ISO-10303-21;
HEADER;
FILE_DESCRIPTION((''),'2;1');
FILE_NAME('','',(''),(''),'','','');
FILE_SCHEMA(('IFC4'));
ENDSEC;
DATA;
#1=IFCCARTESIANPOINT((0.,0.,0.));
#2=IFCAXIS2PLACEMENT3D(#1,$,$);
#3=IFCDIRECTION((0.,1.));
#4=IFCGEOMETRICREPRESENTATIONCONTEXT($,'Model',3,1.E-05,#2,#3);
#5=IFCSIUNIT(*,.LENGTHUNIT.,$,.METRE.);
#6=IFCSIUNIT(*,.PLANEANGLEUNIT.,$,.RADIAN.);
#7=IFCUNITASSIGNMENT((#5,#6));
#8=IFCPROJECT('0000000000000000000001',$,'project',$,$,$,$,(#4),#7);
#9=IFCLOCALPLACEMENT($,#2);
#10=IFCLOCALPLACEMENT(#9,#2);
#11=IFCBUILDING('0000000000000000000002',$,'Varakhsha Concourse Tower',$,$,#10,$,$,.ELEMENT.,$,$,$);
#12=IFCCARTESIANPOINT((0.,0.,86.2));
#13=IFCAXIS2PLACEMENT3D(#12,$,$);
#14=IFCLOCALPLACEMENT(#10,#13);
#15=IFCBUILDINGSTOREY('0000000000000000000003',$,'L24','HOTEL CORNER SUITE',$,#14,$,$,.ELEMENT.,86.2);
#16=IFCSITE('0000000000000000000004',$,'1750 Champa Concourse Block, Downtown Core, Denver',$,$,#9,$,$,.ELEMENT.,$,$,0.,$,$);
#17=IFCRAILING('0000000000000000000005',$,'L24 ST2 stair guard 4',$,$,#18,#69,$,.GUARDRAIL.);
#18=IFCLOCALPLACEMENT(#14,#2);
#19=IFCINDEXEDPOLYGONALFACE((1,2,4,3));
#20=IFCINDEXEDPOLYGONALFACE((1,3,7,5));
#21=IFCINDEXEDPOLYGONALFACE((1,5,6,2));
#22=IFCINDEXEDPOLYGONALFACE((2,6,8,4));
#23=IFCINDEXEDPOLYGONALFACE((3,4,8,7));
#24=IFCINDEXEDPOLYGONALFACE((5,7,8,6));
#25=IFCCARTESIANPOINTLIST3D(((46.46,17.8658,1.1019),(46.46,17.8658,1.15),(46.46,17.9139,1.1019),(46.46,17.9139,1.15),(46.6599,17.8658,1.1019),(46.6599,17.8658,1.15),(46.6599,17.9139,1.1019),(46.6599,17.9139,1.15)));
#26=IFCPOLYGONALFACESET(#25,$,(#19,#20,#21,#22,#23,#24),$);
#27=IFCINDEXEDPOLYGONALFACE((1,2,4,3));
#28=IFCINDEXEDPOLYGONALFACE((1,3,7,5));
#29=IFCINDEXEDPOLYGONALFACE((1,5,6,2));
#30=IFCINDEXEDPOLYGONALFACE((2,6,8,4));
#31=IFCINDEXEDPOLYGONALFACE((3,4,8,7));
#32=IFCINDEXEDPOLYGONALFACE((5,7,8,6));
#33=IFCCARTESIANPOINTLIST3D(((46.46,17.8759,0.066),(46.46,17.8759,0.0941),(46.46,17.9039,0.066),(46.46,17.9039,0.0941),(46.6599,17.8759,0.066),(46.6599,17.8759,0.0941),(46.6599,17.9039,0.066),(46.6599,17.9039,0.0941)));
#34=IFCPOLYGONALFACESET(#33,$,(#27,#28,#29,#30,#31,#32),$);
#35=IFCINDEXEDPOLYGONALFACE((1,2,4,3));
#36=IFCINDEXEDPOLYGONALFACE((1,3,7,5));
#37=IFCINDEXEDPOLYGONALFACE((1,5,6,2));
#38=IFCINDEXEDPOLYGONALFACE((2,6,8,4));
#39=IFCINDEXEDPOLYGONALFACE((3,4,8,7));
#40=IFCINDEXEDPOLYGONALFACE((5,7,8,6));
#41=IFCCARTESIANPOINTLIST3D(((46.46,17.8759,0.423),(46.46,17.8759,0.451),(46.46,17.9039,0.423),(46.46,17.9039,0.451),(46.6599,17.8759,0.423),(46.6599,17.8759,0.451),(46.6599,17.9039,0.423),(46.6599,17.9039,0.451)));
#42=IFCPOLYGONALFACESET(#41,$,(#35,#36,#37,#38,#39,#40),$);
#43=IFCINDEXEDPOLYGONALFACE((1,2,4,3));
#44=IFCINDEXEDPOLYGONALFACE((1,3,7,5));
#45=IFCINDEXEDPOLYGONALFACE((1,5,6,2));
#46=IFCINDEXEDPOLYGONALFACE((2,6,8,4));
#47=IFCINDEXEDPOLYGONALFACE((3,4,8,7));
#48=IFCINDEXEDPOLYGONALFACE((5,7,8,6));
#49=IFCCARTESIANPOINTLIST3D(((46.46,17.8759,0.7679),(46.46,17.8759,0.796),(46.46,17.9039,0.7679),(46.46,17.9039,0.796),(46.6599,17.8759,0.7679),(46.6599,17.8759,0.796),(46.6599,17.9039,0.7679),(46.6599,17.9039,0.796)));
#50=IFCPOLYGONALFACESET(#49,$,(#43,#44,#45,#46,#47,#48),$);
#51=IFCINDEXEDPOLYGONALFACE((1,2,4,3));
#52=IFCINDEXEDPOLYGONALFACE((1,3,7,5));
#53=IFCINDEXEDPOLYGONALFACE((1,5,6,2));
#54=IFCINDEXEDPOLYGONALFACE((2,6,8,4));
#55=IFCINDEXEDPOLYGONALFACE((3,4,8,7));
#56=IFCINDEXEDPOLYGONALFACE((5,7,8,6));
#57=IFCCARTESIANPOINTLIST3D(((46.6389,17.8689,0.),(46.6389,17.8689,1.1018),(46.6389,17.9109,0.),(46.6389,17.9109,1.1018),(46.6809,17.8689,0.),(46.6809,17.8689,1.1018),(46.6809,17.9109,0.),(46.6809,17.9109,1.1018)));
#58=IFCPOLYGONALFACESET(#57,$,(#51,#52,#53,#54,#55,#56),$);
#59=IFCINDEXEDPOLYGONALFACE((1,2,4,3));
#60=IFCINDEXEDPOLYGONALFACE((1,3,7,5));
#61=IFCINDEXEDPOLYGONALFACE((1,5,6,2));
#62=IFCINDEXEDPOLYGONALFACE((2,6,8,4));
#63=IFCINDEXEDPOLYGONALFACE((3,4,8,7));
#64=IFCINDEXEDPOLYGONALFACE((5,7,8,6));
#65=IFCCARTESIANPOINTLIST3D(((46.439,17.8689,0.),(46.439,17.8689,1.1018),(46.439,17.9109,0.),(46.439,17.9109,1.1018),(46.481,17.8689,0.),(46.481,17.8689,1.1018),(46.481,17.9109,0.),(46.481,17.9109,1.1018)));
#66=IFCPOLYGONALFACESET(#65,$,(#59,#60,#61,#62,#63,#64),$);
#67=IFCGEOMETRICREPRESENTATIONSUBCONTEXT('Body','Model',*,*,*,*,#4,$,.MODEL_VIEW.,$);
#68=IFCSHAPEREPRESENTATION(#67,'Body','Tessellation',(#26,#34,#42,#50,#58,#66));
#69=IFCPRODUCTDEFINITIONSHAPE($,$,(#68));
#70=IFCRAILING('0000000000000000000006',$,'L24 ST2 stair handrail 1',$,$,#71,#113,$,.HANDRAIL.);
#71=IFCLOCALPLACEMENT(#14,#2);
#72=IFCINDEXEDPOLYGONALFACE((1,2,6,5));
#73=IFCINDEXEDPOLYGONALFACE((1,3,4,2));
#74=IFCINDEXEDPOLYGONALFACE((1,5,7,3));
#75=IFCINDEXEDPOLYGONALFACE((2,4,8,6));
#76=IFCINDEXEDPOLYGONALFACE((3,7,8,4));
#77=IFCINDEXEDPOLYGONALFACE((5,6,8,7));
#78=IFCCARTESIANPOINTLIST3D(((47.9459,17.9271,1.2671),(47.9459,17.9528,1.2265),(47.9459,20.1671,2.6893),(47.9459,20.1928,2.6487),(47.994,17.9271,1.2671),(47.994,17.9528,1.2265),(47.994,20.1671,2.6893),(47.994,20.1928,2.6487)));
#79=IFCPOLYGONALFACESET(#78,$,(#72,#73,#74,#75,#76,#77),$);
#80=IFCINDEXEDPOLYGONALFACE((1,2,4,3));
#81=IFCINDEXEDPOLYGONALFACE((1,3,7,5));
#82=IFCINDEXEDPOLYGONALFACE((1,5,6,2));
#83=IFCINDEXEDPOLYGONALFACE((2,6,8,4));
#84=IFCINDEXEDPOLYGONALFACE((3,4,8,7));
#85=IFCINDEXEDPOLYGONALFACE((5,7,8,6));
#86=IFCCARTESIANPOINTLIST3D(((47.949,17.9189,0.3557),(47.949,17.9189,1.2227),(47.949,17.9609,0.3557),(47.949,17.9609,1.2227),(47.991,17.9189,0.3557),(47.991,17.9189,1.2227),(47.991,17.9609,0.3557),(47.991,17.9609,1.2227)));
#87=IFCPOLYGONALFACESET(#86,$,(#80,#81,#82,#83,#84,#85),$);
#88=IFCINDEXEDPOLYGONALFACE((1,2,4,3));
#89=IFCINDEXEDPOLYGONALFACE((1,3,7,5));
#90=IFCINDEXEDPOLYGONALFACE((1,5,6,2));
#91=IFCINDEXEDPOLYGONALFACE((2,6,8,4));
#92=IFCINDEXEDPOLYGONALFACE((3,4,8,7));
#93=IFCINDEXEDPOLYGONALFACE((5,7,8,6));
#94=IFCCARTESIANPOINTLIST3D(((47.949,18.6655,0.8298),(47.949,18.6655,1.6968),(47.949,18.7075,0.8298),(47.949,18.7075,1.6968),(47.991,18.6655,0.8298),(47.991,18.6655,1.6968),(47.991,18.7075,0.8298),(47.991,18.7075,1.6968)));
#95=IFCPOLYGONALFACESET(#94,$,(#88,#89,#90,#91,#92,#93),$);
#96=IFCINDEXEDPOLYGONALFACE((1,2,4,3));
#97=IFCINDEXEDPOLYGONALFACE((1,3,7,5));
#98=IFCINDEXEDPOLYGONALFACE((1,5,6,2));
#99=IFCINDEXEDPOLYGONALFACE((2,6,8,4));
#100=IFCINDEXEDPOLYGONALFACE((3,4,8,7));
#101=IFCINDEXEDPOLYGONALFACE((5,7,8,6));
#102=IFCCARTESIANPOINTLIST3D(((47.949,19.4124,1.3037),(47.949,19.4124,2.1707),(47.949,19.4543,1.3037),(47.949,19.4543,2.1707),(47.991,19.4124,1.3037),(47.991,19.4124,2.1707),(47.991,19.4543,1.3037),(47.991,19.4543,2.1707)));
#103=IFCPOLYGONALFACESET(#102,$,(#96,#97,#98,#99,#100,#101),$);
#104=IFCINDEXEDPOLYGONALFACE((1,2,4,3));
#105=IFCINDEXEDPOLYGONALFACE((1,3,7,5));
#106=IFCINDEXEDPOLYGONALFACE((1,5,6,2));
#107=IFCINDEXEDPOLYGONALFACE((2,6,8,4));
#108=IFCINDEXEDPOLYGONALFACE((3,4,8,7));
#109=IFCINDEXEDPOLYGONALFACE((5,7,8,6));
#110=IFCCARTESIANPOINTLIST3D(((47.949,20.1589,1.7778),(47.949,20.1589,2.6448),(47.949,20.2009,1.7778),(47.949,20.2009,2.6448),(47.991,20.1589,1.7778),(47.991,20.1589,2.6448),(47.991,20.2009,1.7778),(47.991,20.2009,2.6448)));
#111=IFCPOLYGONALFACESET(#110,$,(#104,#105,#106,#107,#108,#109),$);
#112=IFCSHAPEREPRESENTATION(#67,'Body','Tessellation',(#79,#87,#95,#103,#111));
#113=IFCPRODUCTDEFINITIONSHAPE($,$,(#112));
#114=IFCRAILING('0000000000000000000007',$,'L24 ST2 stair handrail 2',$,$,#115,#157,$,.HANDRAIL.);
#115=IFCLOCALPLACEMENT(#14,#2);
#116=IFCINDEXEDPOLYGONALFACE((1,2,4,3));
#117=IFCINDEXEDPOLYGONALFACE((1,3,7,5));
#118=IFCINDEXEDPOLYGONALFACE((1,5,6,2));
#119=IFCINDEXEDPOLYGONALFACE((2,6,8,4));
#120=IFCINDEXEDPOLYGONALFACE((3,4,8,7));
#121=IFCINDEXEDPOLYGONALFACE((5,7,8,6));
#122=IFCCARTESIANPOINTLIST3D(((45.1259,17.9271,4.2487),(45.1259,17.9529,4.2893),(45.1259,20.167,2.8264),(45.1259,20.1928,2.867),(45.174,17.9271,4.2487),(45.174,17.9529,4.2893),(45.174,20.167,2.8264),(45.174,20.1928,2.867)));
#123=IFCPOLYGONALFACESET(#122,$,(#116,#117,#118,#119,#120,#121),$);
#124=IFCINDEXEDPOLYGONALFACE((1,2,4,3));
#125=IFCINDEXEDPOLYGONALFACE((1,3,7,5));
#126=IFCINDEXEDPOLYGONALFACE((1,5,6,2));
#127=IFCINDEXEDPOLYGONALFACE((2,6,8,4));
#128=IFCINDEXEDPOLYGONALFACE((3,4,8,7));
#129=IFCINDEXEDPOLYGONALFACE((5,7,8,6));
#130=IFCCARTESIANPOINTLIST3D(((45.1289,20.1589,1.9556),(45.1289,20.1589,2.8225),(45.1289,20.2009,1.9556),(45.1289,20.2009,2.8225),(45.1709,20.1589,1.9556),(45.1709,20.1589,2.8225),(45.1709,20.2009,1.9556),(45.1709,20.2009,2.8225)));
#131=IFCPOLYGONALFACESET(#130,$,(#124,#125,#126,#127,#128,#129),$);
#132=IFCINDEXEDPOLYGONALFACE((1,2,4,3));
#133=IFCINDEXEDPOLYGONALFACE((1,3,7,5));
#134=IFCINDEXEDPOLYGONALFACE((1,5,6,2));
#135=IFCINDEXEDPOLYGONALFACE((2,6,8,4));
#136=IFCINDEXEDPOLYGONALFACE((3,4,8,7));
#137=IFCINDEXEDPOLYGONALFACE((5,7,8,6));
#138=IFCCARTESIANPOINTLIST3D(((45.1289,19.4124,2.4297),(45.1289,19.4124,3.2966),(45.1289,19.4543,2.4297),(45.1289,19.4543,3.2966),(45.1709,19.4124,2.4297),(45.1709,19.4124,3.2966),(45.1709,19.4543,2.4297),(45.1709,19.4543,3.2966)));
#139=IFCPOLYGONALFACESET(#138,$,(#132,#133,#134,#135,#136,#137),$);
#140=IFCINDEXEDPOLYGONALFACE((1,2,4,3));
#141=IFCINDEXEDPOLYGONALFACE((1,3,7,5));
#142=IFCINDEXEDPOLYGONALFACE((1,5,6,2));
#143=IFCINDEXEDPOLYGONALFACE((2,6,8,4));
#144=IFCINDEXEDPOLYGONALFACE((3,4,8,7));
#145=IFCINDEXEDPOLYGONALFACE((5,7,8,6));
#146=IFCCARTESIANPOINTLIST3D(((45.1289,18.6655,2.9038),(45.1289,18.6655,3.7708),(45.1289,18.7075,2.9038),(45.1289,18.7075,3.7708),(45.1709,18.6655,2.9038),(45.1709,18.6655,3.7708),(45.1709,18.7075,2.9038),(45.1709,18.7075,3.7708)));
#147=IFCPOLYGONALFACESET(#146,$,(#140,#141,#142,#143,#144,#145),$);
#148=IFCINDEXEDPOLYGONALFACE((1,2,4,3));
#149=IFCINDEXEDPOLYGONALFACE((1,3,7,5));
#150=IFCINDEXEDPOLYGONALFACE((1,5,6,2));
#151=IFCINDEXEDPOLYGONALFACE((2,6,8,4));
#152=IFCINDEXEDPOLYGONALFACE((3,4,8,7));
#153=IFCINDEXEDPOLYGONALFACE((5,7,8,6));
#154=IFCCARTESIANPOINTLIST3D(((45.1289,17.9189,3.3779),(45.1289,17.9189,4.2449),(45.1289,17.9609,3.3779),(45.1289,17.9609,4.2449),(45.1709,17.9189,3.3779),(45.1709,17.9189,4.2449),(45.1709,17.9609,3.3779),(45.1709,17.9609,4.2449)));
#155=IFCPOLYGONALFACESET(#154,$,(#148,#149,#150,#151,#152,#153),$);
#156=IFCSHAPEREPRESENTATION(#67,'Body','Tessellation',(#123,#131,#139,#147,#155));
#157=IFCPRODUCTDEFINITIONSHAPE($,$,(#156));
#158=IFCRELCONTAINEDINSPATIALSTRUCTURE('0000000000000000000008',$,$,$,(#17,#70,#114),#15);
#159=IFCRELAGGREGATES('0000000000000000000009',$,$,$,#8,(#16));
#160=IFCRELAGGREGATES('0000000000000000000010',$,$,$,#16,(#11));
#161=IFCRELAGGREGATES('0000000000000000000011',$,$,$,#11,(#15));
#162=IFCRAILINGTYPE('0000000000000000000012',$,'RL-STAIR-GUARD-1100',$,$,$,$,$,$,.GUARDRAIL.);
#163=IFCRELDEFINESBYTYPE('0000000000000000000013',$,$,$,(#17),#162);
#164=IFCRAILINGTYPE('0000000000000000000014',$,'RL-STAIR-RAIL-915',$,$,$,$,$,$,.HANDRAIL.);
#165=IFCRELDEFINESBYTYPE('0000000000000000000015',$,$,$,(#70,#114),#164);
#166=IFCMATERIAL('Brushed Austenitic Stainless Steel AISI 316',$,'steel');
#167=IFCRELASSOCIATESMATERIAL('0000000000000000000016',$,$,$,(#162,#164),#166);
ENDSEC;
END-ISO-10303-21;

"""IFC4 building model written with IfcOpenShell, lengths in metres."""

from ifc_helpers import new_model, si_unit, direction, frame, origin, origin_2d, place, context, subcontext, project, spatial, rectangle, extrude, material, type_object, element, save


model = new_model("IFC4")

# Units and contexts
model_context = context("Model", 3, precision=1e-05, world=origin(), true_north=direction((0.0, 1.0)))
body_context = subcontext(model_context, "Body", "Model", "MODEL_VIEW")
ifc_project = project(units=[si_unit("LENGTHUNIT", "METRE"), si_unit("PLANEANGLEUNIT", "RADIAN")], contexts=[model_context])

# Site, building, storey
site_placement = place(None, origin())
site = spatial("IfcSite", under=ifc_project, at=site_placement, Name="1750 Champa Concourse Block, Downtown Core, Denver", CompositionType="ELEMENT", RefElevation=0.0)
building_placement = place(site_placement, origin())
building = spatial("IfcBuilding", under=site, at=building_placement, Name="Varakhsha Concourse Tower", CompositionType="ELEMENT")
storey_placement = place(building_placement, frame((0.0, 0.0, 86.2)))
storey = spatial("IfcBuildingStorey", under=building, at=storey_placement, Name="L24", Description="HOTEL CORNER SUITE", CompositionType="ELEMENT", Elevation=86.2)

# Railings
ifc_material_1 = material(Name="Brushed Austenitic Stainless Steel AISI 316", Category="steel")
railing_type_1 = type_object("IfcRailingType", Name="RL-STAIR-GUARD-1100", PredefinedType="GUARDRAIL", material=ifc_material_1)
railing_1_placement = place(storey_placement, frame((46.6599, 17.8899, 0.0)))
element("IfcRailing", 1, at=railing_1_placement, inside=storey, type_object=railing_type_1, Name="L24 ST2 stair guard 4", PredefinedType="GUARDRAIL", context=body_context, shape_type="SweptSolid", body=[
    extrude(rectangle(XDim=0.0481, YDim=0.0481, at=origin_2d()), frame((0.0, 0.0, 1.126), z_axis=(-1.0, 0.0, 0.0), x_axis=(0.0, -1.0, 0.0)), (0.0, 0.0, 1.0), 0.2),
    extrude(rectangle(XDim=0.0281, YDim=0.0281, at=origin_2d()), frame((0.0, 0.0, 0.0801), z_axis=(-1.0, 0.0, 0.0), x_axis=(0.0, -1.0, 0.0)), (0.0, 0.0, 1.0), 0.2),
    extrude(rectangle(XDim=0.0281, YDim=0.0281, at=origin_2d()), frame((0.0, 0.0, 0.437), z_axis=(-1.0, 0.0, 0.0), x_axis=(0.0, -1.0, 0.0)), (0.0, 0.0, 1.0), 0.2),
    extrude(rectangle(XDim=0.0281, YDim=0.0281, at=origin_2d()), frame((0.0, 0.0, 0.782), z_axis=(-1.0, 0.0, 0.0), x_axis=(0.0, -1.0, 0.0)), (0.0, 0.0, 1.0), 0.2),
    extrude(rectangle(XDim=0.042, YDim=0.042, at=origin_2d()), origin(), (0.0, 0.0, 1.0), 1.1018),
    extrude(rectangle(XDim=0.042, YDim=0.042, at=origin_2d()), frame((-0.2, 0.0, 0.0)), (0.0, 0.0, 1.0), 1.1018),
])
railing_type_2 = type_object("IfcRailingType", Name="RL-STAIR-RAIL-915", PredefinedType="HANDRAIL", material=ifc_material_1)
railing_2_placement = place(storey_placement, frame((47.97, 17.9399, 0.3557)))
element("IfcRailing", 2, at=railing_2_placement, inside=storey, type_object=railing_type_2, Name="L24 ST2 stair handrail 1", PredefinedType="HANDRAIL", context=body_context, shape_type="SweptSolid", body=[
    extrude(rectangle(XDim=0.0481, YDim=0.0481, at=origin_2d()), frame((0.0, 0.0, 0.8911), z_axis=(0.0, 0.844229, 0.535982), x_axis=(-1.0, 0.0, 0.0)), (0.0, 0.0, 1.0), 2.6533),
    extrude(rectangle(XDim=0.042, YDim=0.042, at=origin_2d()), origin(), (0.0, 0.0, 1.0), 0.8669),
    extrude(rectangle(XDim=0.042, YDim=0.042, at=origin_2d()), frame((0.0, 0.7466, 0.4741)), (0.0, 0.0, 1.0), 0.8669),
    extrude(rectangle(XDim=0.042, YDim=0.042, at=origin_2d()), frame((0.0, 1.4934, 0.948)), (0.0, 0.0, 1.0), 0.8669),
    extrude(rectangle(XDim=0.042, YDim=0.042, at=origin_2d()), frame((0.0, 2.24, 1.4221)), (0.0, 0.0, 1.0), 0.8669),
])
railing_3_placement = place(storey_placement, frame((45.1499, 20.1799, 1.9556)))
element("IfcRailing", 3, at=railing_3_placement, inside=storey, type_object=railing_type_2, Name="L24 ST2 stair handrail 2", PredefinedType="HANDRAIL", context=body_context, shape_type="SweptSolid", body=[
    extrude(rectangle(XDim=0.0481, YDim=0.0481, at=origin_2d()), frame((0.0, 0.0, 0.8911), z_axis=(0.0, -0.844188, 0.536048), x_axis=(1.0, 0.0, 0.0)), (0.0, 0.0, 1.0), 2.6533),
    extrude(rectangle(XDim=0.042, YDim=0.042, at=origin_2d()), origin(), (0.0, 0.0, 1.0), 0.8669),
    extrude(rectangle(XDim=0.042, YDim=0.042, at=origin_2d()), frame((0.0, -0.7466, 0.4741)), (0.0, 0.0, 1.0), 0.8669),
    extrude(rectangle(XDim=0.042, YDim=0.042, at=origin_2d()), frame((0.0, -1.4934, 0.9482)), (0.0, 0.0, 1.0), 0.8669),
    extrude(rectangle(XDim=0.042, YDim=0.042, at=origin_2d()), frame((0.0, -2.24, 1.4224)), (0.0, 0.0, 1.0), 0.8669),
])

save(model, "model.ifc")
